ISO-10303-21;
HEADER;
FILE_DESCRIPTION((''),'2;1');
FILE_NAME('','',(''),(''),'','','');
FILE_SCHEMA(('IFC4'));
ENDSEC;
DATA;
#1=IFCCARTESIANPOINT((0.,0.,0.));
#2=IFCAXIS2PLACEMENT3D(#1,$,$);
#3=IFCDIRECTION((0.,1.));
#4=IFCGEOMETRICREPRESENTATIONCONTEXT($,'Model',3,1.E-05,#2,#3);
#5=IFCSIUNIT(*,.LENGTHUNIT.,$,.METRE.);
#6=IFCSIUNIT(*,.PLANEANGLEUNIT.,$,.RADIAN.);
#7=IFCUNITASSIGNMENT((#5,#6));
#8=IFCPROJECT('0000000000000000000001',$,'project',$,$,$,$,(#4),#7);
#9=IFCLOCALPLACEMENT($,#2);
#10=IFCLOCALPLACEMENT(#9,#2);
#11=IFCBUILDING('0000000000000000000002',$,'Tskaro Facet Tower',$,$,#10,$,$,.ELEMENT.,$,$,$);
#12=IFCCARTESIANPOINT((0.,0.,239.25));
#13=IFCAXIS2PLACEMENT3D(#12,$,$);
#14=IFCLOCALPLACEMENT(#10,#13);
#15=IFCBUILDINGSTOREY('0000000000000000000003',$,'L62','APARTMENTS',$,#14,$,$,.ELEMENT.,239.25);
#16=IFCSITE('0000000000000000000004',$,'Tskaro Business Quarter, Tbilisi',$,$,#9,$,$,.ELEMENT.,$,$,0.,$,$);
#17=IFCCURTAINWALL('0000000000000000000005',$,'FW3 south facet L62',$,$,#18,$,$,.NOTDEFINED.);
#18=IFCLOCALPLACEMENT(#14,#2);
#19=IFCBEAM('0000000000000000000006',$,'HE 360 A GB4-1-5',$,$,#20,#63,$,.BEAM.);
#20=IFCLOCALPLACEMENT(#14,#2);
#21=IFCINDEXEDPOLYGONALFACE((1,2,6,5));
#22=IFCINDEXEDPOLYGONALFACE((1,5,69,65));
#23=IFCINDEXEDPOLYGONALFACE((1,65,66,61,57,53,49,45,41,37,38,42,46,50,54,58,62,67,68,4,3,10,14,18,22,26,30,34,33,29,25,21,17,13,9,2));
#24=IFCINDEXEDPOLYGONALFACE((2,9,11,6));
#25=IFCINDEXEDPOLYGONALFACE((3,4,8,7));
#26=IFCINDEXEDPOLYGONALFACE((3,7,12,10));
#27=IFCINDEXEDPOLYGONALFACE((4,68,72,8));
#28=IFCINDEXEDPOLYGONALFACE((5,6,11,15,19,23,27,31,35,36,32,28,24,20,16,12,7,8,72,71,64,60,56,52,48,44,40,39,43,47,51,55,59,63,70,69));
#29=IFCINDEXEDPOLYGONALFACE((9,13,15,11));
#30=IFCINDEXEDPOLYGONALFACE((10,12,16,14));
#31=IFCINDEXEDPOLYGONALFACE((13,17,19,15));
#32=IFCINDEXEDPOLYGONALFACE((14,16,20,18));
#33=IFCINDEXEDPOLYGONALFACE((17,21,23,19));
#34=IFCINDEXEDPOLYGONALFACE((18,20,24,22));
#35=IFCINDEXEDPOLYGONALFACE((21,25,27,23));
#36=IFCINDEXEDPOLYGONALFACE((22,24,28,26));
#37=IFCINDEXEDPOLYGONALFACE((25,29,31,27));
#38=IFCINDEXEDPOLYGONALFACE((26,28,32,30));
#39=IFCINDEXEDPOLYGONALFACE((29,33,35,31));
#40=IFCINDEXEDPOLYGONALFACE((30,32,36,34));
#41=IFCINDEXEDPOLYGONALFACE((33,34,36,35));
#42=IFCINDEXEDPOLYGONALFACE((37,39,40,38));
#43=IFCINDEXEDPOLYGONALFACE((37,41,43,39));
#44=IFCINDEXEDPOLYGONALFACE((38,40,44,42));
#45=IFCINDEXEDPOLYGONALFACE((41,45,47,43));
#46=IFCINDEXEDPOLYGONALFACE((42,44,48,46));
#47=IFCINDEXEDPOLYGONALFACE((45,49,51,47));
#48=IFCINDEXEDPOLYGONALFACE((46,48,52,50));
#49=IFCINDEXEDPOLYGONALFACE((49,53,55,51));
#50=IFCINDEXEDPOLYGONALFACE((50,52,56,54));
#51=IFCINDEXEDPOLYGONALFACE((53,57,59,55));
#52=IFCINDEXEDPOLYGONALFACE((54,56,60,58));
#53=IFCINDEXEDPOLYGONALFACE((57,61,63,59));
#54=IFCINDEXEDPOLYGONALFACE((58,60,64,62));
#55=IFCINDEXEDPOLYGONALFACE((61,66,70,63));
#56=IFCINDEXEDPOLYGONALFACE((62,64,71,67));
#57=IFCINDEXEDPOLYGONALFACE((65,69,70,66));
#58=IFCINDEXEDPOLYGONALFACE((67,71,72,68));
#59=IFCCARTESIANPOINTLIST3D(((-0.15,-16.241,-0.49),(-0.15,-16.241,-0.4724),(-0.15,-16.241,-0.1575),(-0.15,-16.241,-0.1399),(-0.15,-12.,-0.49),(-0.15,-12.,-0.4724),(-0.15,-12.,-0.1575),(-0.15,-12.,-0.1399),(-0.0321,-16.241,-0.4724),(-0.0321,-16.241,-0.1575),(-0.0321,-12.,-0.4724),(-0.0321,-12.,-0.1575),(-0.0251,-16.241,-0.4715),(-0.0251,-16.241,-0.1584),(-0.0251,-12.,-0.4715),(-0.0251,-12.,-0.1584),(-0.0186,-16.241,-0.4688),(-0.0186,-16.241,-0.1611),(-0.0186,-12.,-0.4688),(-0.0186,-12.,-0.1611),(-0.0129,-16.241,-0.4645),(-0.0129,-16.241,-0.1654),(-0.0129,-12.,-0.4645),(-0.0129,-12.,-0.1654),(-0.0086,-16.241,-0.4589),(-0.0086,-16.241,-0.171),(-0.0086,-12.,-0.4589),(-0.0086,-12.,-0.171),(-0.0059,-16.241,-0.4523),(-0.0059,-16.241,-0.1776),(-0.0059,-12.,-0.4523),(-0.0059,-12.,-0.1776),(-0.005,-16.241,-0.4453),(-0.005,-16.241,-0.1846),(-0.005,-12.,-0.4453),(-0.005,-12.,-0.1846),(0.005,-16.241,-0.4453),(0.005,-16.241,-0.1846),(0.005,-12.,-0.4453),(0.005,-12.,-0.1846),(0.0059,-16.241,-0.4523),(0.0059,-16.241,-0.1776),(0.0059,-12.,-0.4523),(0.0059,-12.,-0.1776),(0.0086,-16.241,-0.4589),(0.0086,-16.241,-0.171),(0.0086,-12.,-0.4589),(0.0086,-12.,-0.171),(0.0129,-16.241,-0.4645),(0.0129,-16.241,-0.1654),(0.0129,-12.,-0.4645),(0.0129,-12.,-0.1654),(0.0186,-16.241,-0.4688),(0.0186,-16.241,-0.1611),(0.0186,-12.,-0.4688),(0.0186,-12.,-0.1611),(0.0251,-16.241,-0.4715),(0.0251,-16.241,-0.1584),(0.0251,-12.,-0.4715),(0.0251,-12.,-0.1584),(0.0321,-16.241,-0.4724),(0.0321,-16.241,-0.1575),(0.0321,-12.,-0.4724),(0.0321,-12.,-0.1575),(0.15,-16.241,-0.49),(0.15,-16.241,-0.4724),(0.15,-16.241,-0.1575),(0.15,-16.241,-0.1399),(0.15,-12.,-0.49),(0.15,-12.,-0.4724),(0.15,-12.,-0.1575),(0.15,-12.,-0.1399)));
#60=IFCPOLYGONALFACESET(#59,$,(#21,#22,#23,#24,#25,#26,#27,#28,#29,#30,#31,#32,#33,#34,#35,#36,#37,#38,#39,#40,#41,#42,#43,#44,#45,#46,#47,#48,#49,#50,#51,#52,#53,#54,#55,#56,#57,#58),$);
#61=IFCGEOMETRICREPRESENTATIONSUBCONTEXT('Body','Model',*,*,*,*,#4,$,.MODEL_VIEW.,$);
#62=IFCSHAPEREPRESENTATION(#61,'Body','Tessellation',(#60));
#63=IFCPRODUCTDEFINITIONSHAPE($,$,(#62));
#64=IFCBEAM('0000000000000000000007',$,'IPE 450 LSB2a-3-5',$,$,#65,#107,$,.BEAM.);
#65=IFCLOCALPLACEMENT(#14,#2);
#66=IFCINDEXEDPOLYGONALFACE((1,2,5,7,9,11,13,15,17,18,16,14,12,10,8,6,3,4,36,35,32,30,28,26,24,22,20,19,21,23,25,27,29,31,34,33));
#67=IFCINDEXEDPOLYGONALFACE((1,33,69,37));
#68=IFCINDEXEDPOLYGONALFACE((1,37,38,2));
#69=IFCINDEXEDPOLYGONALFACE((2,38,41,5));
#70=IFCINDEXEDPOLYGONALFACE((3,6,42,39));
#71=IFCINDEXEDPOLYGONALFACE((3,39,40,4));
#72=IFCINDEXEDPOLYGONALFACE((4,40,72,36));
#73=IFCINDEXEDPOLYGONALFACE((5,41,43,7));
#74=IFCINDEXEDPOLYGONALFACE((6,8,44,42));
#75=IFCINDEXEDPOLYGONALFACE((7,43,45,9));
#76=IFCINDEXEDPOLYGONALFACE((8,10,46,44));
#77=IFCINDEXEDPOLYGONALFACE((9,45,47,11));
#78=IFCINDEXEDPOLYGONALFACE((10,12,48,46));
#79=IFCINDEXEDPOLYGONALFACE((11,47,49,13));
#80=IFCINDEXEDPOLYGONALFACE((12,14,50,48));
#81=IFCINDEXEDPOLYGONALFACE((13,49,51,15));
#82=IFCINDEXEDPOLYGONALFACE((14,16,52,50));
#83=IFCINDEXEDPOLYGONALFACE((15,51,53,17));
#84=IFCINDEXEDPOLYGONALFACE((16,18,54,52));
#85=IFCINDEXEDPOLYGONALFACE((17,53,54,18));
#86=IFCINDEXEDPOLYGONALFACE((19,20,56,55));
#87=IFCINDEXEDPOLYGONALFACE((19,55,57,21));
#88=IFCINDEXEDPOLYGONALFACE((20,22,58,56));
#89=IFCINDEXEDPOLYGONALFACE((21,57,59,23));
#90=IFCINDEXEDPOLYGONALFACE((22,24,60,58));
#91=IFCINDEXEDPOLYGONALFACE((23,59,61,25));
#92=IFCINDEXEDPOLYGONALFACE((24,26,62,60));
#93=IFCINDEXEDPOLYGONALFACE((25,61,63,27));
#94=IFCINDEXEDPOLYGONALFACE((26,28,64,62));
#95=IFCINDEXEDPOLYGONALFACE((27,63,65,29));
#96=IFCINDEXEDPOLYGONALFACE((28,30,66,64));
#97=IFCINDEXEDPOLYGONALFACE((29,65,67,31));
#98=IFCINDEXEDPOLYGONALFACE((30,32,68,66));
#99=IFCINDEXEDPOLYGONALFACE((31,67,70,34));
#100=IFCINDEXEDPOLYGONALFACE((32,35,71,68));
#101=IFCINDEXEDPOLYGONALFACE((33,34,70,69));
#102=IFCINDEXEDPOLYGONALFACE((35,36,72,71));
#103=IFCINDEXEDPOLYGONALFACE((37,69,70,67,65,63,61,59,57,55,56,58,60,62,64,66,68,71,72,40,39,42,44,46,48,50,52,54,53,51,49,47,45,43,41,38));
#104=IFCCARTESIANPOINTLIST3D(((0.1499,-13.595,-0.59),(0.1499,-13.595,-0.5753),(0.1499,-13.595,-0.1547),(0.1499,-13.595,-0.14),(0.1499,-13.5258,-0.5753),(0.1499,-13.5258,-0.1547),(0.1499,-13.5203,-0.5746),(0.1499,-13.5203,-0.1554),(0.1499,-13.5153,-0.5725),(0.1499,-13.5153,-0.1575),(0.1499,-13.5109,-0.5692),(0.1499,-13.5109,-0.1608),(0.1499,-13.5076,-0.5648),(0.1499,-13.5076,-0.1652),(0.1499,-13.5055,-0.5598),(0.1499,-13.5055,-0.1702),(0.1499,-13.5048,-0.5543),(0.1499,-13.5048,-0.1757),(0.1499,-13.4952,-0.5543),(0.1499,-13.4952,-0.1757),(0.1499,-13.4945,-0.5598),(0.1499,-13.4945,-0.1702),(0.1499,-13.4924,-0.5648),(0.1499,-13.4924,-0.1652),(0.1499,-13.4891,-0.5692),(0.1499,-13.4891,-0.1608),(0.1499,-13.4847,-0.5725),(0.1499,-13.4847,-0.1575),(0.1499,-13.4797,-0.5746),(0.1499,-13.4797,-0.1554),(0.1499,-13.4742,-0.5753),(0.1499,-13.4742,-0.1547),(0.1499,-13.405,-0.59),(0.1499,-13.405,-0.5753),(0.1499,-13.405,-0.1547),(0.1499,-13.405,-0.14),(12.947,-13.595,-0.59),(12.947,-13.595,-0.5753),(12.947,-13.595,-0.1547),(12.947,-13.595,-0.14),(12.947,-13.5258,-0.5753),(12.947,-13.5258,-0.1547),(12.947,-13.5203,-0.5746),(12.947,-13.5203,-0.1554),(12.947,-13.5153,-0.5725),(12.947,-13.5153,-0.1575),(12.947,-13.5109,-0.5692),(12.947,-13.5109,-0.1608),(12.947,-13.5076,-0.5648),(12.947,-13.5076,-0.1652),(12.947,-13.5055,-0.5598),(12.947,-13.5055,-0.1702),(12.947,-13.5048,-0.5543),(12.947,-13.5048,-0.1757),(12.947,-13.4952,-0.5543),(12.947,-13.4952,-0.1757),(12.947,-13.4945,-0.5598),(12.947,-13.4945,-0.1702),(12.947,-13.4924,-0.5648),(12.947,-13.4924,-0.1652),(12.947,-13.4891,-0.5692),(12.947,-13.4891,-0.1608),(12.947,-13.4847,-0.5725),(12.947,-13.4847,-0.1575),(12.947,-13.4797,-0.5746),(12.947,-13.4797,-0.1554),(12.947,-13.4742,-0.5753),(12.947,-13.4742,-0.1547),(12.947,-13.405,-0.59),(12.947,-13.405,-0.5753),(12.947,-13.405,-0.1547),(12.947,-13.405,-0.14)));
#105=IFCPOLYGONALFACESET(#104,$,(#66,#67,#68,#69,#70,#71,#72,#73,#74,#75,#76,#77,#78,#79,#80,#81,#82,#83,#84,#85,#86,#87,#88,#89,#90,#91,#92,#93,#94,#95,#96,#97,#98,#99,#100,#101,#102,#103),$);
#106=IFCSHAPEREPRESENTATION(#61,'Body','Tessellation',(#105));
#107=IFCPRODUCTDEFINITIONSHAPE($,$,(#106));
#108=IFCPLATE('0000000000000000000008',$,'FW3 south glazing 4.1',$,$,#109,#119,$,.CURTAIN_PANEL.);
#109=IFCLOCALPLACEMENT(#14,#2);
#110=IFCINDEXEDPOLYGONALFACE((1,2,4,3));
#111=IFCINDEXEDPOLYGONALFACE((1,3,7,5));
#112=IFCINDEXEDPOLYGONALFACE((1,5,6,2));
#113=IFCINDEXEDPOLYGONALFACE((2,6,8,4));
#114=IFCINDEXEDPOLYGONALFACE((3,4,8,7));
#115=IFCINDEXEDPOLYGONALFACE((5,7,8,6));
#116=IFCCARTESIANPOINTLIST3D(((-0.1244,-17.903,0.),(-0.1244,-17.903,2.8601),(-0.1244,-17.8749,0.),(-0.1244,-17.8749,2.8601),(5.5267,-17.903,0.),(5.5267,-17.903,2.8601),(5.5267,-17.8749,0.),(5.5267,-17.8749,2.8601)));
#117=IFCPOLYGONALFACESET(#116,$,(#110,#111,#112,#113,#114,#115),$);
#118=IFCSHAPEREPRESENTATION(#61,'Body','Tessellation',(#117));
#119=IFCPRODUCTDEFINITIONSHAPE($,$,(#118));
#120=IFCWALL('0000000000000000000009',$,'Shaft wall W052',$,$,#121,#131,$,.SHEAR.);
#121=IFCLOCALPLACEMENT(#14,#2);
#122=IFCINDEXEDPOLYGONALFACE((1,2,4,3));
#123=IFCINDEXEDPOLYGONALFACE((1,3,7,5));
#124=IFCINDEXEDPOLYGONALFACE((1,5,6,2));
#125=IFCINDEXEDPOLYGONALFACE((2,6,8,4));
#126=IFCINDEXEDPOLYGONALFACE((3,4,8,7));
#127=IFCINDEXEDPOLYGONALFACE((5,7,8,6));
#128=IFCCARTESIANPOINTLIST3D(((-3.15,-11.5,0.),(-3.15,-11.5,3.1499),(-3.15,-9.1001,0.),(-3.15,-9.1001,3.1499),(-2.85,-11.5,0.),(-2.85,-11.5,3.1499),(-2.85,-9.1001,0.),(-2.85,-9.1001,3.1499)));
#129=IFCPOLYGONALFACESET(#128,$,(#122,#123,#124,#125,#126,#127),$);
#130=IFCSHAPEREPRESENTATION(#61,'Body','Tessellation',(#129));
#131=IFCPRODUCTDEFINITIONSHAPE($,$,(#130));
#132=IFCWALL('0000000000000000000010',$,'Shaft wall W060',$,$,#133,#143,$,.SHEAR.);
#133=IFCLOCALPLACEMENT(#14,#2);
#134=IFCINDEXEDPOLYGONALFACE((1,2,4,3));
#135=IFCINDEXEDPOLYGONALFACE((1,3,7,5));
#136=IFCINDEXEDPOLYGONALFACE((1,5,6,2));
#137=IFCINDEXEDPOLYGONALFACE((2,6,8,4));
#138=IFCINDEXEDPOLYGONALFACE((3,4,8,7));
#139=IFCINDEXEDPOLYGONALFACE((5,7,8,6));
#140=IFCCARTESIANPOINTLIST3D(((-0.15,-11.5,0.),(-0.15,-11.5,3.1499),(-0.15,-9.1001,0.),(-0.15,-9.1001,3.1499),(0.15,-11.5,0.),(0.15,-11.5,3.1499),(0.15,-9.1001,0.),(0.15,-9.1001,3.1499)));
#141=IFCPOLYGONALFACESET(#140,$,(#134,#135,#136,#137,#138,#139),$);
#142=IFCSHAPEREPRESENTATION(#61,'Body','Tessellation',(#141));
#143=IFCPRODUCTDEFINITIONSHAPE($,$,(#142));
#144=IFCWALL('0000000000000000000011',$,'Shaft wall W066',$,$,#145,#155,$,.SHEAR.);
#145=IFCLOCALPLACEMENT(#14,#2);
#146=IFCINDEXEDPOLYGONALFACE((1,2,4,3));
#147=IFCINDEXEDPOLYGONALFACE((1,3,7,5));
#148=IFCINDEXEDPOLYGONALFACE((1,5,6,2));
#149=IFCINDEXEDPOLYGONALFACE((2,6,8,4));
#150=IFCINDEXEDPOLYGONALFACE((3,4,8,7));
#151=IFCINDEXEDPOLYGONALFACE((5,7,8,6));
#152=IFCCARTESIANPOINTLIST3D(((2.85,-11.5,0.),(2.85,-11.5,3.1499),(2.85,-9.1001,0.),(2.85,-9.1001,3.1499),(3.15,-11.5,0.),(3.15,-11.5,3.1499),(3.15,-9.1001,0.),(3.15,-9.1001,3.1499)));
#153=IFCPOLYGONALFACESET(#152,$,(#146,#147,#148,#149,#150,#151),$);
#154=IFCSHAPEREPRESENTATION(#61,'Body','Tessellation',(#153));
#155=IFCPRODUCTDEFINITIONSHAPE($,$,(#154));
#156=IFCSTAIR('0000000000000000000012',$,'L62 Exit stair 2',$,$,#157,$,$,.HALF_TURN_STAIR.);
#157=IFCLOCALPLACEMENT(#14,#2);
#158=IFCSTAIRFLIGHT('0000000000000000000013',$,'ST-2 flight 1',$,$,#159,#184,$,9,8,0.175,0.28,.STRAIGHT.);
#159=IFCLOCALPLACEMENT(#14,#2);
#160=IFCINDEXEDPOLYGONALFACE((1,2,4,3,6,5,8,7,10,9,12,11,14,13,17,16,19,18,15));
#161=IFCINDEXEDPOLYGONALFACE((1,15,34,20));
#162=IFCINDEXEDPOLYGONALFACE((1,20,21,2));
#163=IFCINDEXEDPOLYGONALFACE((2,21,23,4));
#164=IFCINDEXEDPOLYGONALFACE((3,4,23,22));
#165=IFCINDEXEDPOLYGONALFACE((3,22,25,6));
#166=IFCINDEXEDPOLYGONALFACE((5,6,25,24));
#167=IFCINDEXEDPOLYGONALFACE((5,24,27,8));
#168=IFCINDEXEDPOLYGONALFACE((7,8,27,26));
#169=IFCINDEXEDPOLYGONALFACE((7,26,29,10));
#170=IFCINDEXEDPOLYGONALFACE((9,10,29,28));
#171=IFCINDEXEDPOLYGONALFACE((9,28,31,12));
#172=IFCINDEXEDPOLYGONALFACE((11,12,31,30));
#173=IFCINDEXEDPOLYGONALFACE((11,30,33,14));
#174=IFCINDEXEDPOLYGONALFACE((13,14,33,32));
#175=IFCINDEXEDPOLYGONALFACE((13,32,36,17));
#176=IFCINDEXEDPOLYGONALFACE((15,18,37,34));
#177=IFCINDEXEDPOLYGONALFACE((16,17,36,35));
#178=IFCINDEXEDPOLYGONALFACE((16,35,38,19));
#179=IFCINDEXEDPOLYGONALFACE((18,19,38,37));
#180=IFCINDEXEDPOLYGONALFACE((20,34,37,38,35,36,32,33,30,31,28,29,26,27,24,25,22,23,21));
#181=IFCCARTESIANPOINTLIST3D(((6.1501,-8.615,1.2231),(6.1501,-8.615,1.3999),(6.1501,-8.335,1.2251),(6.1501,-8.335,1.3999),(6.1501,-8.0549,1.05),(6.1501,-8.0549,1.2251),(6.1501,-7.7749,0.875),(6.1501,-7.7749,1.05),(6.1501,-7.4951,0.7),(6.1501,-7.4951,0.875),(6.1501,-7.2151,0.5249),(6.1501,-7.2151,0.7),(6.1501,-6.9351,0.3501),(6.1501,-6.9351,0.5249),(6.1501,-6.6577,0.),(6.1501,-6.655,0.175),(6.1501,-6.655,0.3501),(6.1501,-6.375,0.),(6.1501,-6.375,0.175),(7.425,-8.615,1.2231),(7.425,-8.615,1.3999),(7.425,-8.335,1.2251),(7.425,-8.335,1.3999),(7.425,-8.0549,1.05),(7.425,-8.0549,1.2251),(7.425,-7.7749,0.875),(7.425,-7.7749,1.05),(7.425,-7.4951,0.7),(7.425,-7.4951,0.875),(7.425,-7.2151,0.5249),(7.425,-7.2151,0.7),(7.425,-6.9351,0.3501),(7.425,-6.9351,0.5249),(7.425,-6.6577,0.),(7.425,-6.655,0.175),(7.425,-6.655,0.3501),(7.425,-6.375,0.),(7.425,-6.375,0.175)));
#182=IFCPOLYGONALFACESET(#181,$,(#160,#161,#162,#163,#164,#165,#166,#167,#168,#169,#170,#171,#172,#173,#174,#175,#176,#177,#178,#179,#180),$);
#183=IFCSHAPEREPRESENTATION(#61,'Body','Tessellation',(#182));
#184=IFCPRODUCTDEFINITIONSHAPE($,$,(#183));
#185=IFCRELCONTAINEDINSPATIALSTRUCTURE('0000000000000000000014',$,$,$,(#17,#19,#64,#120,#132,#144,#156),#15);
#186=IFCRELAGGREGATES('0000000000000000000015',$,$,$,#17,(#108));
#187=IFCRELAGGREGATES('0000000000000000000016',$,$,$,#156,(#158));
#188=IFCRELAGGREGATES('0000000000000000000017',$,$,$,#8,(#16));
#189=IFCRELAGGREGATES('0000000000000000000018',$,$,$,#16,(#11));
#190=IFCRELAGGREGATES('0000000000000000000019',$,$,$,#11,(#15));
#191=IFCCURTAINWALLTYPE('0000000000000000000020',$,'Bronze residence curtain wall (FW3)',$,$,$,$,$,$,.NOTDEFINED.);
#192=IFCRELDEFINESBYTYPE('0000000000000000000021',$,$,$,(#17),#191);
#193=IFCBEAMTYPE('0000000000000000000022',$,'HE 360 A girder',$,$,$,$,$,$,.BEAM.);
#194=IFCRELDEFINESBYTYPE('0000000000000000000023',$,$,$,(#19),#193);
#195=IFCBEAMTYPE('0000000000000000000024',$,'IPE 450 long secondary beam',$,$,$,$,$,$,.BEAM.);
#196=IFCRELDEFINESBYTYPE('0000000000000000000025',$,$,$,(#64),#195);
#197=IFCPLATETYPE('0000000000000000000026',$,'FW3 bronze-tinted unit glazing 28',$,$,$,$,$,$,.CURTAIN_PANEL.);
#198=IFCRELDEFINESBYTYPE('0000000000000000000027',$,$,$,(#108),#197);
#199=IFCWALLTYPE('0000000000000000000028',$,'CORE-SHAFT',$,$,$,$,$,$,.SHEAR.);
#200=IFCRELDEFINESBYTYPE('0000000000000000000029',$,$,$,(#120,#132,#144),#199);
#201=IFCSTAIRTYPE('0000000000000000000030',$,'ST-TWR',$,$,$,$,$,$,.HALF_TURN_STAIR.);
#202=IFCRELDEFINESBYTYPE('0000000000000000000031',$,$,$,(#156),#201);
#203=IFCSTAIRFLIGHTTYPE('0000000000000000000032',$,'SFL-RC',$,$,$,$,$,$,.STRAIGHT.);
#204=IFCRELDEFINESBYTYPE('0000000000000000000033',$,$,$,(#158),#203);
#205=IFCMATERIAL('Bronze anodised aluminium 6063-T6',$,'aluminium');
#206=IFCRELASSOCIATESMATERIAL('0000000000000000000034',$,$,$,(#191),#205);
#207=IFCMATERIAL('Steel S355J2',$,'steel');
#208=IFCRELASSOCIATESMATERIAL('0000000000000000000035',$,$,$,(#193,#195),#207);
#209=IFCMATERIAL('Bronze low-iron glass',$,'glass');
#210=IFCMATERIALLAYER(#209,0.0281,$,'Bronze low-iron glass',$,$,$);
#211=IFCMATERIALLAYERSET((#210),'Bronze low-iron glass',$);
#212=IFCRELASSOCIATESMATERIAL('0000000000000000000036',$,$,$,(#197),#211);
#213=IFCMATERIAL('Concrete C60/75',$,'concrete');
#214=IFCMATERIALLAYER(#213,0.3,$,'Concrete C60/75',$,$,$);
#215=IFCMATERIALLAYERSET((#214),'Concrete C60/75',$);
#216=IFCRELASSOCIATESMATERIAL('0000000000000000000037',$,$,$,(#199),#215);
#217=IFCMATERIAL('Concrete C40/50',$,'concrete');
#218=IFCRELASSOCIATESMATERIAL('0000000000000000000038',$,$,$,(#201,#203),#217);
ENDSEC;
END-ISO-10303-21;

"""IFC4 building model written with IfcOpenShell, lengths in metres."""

from ifc_helpers import new_model, si_unit, direction, frame, frame_2d, origin, origin_2d, place, context, subcontext, project, spatial, polyline, rectangle, i_section, outline, extrude, material, layer, layer_set, material_profile, profile_set, type_object, element, aggregate, save


model = new_model("IFC4")

# Units and contexts
model_context = context("Model", 3, precision=1e-05, world=origin(), true_north=direction((0.0, 1.0)))
body_context = subcontext(model_context, "Body", "Model", "MODEL_VIEW")
ifc_project = project(units=[si_unit("LENGTHUNIT", "METRE"), si_unit("PLANEANGLEUNIT", "RADIAN")], contexts=[model_context])

# Site, building, storey
site_placement = place(None, origin())
site = spatial("IfcSite", under=ifc_project, at=site_placement, Name="Tskaro Business Quarter, Tbilisi", CompositionType="ELEMENT", RefElevation=0.0)
building_placement = place(site_placement, origin())
building = spatial("IfcBuilding", under=site, at=building_placement, Name="Tskaro Facet Tower", CompositionType="ELEMENT")
storey_placement = place(building_placement, frame((0.0, 0.0, 239.25)))
storey = spatial("IfcBuildingStorey", under=building, at=storey_placement, Name="L62", Description="APARTMENTS", CompositionType="ELEMENT", Elevation=239.25)

# Curtain wall
ifc_material_1 = material(Name="Bronze anodised aluminium 6063-T6", Category="aluminium")
curtain_wall_type = type_object("IfcCurtainWallType", Name="Bronze residence curtain wall (FW3)", PredefinedType="NOTDEFINED", material=ifc_material_1)
curtain_wall_placement = place(storey_placement, origin())
curtain_wall = element("IfcCurtainWall", 1, at=curtain_wall_placement, inside=storey, type_object=curtain_wall_type, Name="FW3 south facet L62", PredefinedType="NOTDEFINED")

# Beams
ifc_material_2 = material(Name="Steel S355J2", Category="steel")
ifc_material_profile_1 = material_profile(ifc_material_2, i_section(OverallWidth=0.3, OverallDepth=0.3501, WebThickness=0.01, FlangeThickness=0.0176, FilletRadius=0.0271, at=origin_2d()), Name="HE 360 A")
ifc_profile_set_1 = profile_set([ifc_material_profile_1], Name="Steel S355J2")
beam_type_1 = type_object("IfcBeamType", Name="HE 360 A girder", PredefinedType="BEAM", material=ifc_profile_set_1)
beam_1_placement = place(storey_placement, frame((0.0, -16.241, -0.3149), z_axis=(0.0, 1.0, 0.0), x_axis=(-1.0, 0.0, 0.0)))
element("IfcBeam", 2, at=beam_1_placement, inside=storey, type_object=beam_type_1, Name="HE 360 A GB4-1-5", PredefinedType="BEAM", context=body_context, shape_type="SweptSolid", body=[
    extrude(i_section(OverallWidth=0.3, OverallDepth=0.3501, WebThickness=0.01, FlangeThickness=0.0176, FilletRadius=0.0271, at=origin_2d()), origin(), (0.0, 0.0, 1.0), 4.241),
])
ifc_material_profile_2 = material_profile(ifc_material_2, i_section(OverallWidth=0.1899, OverallDepth=0.45, WebThickness=0.0095, FlangeThickness=0.0146, FilletRadius=0.021, at=origin_2d()), Name="IPE 450")
ifc_profile_set_2 = profile_set([ifc_material_profile_2], Name="Steel S355J2")
beam_type_2 = type_object("IfcBeamType", Name="IPE 450 long secondary beam", PredefinedType="BEAM", material=ifc_profile_set_2)
beam_2_placement = place(storey_placement, frame((0.1499, -13.5, -0.365), z_axis=(1.0, 0.0, 0.0), x_axis=(0.0, 1.0, 0.0)))
element("IfcBeam", 3, at=beam_2_placement, inside=storey, type_object=beam_type_2, Name="IPE 450 LSB2a-3-5", PredefinedType="BEAM", context=body_context, shape_type="SweptSolid", body=[
    extrude(i_section(OverallWidth=0.1899, OverallDepth=0.45, WebThickness=0.0095, FlangeThickness=0.0146, FilletRadius=0.021, at=origin_2d()), origin(), (0.0, 0.0, 1.0), 12.7971),
])

# Plate
ifc_material_3 = material(Name="Bronze low-iron glass", Category="glass")
ifc_layer_1 = layer(ifc_material_3, 0.0281, Name="Bronze low-iron glass")
ifc_layer_set_1 = layer_set([ifc_layer_1], Name="Bronze low-iron glass")
plate_type = type_object("IfcPlateType", Name="FW3 bronze-tinted unit glazing 28", PredefinedType="CURTAIN_PANEL", material=ifc_layer_set_1)
plate_placement = place(storey_placement, frame((2.7012, -17.8889, 0.0), z_axis=(0.0, 0.0, 1.0), x_axis=(1.0, 0.0, 0.0)))
plate = element("IfcPlate", 4, at=plate_placement, type_object=plate_type, Name="FW3 south glazing 4.1", PredefinedType="CURTAIN_PANEL", context=body_context, shape_type="SweptSolid", body=[
    extrude(rectangle(XDim=5.6511, YDim=0.0281, at=origin_2d()), origin(), (0.0, 0.0, 1.0), 2.8601),
])
aggregate(curtain_wall, [plate])

# Walls
ifc_material_4 = material(Name="Concrete C60/75", Category="concrete")
ifc_layer_2 = layer(ifc_material_4, 0.3, Name="Concrete C60/75")
ifc_layer_set_2 = layer_set([ifc_layer_2], Name="Concrete C60/75")
wall_type = type_object("IfcWallType", Name="CORE-SHAFT", PredefinedType="SHEAR", material=ifc_layer_set_2)
for number, where, z_axis, x_axis, name in (
    (5, (-3.0, -11.5, 0.0), (0.0, 0.0, 1.0), (0.0, 1.0, 0.0), "Shaft wall W052"),
    (6, (0.0, -11.5, 0.0), (0.0, 0.0, 1.0), (0.0, 1.0, 0.0), "Shaft wall W060"),
    (7, (3.0, -11.5, 0.0), (0.0, 0.0, 1.0), (0.0, 1.0, 0.0), "Shaft wall W066"),
):
    element("IfcWall", number, at=place(storey_placement, frame(where, z_axis=z_axis, x_axis=x_axis)), inside=storey, type_object=wall_type, Name=name, PredefinedType="SHEAR", context=body_context, shape_type="SweptSolid", body=[
        extrude(rectangle(XDim=2.3999, YDim=0.3, at=frame_2d((1.2, 0.0))), origin(), (0.0, 0.0, 1.0), 3.1499),
    ])

# Stair, stair flight
ifc_material_5 = material(Name="Concrete C40/50", Category="concrete")
stair_type = type_object("IfcStairType", Name="ST-TWR", PredefinedType="HALF_TURN_STAIR", material=ifc_material_5)
stair_placement = place(storey_placement, origin())
stair = element("IfcStair", 8, at=stair_placement, inside=storey, type_object=stair_type, Name="L62 Exit stair 2", PredefinedType="HALF_TURN_STAIR")
stair_flight_type = type_object("IfcStairFlightType", Name="SFL-RC", PredefinedType="STRAIGHT", material=ifc_material_5)
stair_flight_placement = place(storey_placement, frame((6.7876, -6.375, 0.0), z_axis=(0.0, 0.0, 1.0), x_axis=(0.0, -1.0, 0.0)))
stair_flight = element("IfcStairFlight", 9, at=stair_flight_placement, type_object=stair_flight_type, Name="ST-2 flight 1", NumberOfRisers=9, NumberOfTreads=8, PredefinedType="STRAIGHT", RiserHeight=0.175, TreadLength=0.28, context=body_context, shape_type="SweptSolid", body=[
    extrude(outline(polyline([(0.0, 0.0), (0.0, 0.175), (0.28, 0.175), (0.28, 0.3501), (0.5601, 0.3501), (0.5601, 0.5249), (0.8401, 0.5249), (0.8401, 0.7), (1.1201, 0.7), (1.1201, 0.875), (1.3999, 0.875), (1.3999, 1.05), (1.6799, 1.05), (1.6799, 1.2251), (1.96, 1.2251), (1.96, 1.3999), (2.24, 1.3999), (2.24, 1.575), (2.24, 1.2231), (0.2827, 0.0), (0.0, 0.0)])), frame((0.0, 0.6375, 0.0), z_axis=(0.0, -1.0, 0.0), x_axis=(1.0, 0.0, 0.0)), (0.0, 0.0, 1.0), 1.2749),
])
aggregate(stair, [stair_flight])

save(model, "model.ifc")
